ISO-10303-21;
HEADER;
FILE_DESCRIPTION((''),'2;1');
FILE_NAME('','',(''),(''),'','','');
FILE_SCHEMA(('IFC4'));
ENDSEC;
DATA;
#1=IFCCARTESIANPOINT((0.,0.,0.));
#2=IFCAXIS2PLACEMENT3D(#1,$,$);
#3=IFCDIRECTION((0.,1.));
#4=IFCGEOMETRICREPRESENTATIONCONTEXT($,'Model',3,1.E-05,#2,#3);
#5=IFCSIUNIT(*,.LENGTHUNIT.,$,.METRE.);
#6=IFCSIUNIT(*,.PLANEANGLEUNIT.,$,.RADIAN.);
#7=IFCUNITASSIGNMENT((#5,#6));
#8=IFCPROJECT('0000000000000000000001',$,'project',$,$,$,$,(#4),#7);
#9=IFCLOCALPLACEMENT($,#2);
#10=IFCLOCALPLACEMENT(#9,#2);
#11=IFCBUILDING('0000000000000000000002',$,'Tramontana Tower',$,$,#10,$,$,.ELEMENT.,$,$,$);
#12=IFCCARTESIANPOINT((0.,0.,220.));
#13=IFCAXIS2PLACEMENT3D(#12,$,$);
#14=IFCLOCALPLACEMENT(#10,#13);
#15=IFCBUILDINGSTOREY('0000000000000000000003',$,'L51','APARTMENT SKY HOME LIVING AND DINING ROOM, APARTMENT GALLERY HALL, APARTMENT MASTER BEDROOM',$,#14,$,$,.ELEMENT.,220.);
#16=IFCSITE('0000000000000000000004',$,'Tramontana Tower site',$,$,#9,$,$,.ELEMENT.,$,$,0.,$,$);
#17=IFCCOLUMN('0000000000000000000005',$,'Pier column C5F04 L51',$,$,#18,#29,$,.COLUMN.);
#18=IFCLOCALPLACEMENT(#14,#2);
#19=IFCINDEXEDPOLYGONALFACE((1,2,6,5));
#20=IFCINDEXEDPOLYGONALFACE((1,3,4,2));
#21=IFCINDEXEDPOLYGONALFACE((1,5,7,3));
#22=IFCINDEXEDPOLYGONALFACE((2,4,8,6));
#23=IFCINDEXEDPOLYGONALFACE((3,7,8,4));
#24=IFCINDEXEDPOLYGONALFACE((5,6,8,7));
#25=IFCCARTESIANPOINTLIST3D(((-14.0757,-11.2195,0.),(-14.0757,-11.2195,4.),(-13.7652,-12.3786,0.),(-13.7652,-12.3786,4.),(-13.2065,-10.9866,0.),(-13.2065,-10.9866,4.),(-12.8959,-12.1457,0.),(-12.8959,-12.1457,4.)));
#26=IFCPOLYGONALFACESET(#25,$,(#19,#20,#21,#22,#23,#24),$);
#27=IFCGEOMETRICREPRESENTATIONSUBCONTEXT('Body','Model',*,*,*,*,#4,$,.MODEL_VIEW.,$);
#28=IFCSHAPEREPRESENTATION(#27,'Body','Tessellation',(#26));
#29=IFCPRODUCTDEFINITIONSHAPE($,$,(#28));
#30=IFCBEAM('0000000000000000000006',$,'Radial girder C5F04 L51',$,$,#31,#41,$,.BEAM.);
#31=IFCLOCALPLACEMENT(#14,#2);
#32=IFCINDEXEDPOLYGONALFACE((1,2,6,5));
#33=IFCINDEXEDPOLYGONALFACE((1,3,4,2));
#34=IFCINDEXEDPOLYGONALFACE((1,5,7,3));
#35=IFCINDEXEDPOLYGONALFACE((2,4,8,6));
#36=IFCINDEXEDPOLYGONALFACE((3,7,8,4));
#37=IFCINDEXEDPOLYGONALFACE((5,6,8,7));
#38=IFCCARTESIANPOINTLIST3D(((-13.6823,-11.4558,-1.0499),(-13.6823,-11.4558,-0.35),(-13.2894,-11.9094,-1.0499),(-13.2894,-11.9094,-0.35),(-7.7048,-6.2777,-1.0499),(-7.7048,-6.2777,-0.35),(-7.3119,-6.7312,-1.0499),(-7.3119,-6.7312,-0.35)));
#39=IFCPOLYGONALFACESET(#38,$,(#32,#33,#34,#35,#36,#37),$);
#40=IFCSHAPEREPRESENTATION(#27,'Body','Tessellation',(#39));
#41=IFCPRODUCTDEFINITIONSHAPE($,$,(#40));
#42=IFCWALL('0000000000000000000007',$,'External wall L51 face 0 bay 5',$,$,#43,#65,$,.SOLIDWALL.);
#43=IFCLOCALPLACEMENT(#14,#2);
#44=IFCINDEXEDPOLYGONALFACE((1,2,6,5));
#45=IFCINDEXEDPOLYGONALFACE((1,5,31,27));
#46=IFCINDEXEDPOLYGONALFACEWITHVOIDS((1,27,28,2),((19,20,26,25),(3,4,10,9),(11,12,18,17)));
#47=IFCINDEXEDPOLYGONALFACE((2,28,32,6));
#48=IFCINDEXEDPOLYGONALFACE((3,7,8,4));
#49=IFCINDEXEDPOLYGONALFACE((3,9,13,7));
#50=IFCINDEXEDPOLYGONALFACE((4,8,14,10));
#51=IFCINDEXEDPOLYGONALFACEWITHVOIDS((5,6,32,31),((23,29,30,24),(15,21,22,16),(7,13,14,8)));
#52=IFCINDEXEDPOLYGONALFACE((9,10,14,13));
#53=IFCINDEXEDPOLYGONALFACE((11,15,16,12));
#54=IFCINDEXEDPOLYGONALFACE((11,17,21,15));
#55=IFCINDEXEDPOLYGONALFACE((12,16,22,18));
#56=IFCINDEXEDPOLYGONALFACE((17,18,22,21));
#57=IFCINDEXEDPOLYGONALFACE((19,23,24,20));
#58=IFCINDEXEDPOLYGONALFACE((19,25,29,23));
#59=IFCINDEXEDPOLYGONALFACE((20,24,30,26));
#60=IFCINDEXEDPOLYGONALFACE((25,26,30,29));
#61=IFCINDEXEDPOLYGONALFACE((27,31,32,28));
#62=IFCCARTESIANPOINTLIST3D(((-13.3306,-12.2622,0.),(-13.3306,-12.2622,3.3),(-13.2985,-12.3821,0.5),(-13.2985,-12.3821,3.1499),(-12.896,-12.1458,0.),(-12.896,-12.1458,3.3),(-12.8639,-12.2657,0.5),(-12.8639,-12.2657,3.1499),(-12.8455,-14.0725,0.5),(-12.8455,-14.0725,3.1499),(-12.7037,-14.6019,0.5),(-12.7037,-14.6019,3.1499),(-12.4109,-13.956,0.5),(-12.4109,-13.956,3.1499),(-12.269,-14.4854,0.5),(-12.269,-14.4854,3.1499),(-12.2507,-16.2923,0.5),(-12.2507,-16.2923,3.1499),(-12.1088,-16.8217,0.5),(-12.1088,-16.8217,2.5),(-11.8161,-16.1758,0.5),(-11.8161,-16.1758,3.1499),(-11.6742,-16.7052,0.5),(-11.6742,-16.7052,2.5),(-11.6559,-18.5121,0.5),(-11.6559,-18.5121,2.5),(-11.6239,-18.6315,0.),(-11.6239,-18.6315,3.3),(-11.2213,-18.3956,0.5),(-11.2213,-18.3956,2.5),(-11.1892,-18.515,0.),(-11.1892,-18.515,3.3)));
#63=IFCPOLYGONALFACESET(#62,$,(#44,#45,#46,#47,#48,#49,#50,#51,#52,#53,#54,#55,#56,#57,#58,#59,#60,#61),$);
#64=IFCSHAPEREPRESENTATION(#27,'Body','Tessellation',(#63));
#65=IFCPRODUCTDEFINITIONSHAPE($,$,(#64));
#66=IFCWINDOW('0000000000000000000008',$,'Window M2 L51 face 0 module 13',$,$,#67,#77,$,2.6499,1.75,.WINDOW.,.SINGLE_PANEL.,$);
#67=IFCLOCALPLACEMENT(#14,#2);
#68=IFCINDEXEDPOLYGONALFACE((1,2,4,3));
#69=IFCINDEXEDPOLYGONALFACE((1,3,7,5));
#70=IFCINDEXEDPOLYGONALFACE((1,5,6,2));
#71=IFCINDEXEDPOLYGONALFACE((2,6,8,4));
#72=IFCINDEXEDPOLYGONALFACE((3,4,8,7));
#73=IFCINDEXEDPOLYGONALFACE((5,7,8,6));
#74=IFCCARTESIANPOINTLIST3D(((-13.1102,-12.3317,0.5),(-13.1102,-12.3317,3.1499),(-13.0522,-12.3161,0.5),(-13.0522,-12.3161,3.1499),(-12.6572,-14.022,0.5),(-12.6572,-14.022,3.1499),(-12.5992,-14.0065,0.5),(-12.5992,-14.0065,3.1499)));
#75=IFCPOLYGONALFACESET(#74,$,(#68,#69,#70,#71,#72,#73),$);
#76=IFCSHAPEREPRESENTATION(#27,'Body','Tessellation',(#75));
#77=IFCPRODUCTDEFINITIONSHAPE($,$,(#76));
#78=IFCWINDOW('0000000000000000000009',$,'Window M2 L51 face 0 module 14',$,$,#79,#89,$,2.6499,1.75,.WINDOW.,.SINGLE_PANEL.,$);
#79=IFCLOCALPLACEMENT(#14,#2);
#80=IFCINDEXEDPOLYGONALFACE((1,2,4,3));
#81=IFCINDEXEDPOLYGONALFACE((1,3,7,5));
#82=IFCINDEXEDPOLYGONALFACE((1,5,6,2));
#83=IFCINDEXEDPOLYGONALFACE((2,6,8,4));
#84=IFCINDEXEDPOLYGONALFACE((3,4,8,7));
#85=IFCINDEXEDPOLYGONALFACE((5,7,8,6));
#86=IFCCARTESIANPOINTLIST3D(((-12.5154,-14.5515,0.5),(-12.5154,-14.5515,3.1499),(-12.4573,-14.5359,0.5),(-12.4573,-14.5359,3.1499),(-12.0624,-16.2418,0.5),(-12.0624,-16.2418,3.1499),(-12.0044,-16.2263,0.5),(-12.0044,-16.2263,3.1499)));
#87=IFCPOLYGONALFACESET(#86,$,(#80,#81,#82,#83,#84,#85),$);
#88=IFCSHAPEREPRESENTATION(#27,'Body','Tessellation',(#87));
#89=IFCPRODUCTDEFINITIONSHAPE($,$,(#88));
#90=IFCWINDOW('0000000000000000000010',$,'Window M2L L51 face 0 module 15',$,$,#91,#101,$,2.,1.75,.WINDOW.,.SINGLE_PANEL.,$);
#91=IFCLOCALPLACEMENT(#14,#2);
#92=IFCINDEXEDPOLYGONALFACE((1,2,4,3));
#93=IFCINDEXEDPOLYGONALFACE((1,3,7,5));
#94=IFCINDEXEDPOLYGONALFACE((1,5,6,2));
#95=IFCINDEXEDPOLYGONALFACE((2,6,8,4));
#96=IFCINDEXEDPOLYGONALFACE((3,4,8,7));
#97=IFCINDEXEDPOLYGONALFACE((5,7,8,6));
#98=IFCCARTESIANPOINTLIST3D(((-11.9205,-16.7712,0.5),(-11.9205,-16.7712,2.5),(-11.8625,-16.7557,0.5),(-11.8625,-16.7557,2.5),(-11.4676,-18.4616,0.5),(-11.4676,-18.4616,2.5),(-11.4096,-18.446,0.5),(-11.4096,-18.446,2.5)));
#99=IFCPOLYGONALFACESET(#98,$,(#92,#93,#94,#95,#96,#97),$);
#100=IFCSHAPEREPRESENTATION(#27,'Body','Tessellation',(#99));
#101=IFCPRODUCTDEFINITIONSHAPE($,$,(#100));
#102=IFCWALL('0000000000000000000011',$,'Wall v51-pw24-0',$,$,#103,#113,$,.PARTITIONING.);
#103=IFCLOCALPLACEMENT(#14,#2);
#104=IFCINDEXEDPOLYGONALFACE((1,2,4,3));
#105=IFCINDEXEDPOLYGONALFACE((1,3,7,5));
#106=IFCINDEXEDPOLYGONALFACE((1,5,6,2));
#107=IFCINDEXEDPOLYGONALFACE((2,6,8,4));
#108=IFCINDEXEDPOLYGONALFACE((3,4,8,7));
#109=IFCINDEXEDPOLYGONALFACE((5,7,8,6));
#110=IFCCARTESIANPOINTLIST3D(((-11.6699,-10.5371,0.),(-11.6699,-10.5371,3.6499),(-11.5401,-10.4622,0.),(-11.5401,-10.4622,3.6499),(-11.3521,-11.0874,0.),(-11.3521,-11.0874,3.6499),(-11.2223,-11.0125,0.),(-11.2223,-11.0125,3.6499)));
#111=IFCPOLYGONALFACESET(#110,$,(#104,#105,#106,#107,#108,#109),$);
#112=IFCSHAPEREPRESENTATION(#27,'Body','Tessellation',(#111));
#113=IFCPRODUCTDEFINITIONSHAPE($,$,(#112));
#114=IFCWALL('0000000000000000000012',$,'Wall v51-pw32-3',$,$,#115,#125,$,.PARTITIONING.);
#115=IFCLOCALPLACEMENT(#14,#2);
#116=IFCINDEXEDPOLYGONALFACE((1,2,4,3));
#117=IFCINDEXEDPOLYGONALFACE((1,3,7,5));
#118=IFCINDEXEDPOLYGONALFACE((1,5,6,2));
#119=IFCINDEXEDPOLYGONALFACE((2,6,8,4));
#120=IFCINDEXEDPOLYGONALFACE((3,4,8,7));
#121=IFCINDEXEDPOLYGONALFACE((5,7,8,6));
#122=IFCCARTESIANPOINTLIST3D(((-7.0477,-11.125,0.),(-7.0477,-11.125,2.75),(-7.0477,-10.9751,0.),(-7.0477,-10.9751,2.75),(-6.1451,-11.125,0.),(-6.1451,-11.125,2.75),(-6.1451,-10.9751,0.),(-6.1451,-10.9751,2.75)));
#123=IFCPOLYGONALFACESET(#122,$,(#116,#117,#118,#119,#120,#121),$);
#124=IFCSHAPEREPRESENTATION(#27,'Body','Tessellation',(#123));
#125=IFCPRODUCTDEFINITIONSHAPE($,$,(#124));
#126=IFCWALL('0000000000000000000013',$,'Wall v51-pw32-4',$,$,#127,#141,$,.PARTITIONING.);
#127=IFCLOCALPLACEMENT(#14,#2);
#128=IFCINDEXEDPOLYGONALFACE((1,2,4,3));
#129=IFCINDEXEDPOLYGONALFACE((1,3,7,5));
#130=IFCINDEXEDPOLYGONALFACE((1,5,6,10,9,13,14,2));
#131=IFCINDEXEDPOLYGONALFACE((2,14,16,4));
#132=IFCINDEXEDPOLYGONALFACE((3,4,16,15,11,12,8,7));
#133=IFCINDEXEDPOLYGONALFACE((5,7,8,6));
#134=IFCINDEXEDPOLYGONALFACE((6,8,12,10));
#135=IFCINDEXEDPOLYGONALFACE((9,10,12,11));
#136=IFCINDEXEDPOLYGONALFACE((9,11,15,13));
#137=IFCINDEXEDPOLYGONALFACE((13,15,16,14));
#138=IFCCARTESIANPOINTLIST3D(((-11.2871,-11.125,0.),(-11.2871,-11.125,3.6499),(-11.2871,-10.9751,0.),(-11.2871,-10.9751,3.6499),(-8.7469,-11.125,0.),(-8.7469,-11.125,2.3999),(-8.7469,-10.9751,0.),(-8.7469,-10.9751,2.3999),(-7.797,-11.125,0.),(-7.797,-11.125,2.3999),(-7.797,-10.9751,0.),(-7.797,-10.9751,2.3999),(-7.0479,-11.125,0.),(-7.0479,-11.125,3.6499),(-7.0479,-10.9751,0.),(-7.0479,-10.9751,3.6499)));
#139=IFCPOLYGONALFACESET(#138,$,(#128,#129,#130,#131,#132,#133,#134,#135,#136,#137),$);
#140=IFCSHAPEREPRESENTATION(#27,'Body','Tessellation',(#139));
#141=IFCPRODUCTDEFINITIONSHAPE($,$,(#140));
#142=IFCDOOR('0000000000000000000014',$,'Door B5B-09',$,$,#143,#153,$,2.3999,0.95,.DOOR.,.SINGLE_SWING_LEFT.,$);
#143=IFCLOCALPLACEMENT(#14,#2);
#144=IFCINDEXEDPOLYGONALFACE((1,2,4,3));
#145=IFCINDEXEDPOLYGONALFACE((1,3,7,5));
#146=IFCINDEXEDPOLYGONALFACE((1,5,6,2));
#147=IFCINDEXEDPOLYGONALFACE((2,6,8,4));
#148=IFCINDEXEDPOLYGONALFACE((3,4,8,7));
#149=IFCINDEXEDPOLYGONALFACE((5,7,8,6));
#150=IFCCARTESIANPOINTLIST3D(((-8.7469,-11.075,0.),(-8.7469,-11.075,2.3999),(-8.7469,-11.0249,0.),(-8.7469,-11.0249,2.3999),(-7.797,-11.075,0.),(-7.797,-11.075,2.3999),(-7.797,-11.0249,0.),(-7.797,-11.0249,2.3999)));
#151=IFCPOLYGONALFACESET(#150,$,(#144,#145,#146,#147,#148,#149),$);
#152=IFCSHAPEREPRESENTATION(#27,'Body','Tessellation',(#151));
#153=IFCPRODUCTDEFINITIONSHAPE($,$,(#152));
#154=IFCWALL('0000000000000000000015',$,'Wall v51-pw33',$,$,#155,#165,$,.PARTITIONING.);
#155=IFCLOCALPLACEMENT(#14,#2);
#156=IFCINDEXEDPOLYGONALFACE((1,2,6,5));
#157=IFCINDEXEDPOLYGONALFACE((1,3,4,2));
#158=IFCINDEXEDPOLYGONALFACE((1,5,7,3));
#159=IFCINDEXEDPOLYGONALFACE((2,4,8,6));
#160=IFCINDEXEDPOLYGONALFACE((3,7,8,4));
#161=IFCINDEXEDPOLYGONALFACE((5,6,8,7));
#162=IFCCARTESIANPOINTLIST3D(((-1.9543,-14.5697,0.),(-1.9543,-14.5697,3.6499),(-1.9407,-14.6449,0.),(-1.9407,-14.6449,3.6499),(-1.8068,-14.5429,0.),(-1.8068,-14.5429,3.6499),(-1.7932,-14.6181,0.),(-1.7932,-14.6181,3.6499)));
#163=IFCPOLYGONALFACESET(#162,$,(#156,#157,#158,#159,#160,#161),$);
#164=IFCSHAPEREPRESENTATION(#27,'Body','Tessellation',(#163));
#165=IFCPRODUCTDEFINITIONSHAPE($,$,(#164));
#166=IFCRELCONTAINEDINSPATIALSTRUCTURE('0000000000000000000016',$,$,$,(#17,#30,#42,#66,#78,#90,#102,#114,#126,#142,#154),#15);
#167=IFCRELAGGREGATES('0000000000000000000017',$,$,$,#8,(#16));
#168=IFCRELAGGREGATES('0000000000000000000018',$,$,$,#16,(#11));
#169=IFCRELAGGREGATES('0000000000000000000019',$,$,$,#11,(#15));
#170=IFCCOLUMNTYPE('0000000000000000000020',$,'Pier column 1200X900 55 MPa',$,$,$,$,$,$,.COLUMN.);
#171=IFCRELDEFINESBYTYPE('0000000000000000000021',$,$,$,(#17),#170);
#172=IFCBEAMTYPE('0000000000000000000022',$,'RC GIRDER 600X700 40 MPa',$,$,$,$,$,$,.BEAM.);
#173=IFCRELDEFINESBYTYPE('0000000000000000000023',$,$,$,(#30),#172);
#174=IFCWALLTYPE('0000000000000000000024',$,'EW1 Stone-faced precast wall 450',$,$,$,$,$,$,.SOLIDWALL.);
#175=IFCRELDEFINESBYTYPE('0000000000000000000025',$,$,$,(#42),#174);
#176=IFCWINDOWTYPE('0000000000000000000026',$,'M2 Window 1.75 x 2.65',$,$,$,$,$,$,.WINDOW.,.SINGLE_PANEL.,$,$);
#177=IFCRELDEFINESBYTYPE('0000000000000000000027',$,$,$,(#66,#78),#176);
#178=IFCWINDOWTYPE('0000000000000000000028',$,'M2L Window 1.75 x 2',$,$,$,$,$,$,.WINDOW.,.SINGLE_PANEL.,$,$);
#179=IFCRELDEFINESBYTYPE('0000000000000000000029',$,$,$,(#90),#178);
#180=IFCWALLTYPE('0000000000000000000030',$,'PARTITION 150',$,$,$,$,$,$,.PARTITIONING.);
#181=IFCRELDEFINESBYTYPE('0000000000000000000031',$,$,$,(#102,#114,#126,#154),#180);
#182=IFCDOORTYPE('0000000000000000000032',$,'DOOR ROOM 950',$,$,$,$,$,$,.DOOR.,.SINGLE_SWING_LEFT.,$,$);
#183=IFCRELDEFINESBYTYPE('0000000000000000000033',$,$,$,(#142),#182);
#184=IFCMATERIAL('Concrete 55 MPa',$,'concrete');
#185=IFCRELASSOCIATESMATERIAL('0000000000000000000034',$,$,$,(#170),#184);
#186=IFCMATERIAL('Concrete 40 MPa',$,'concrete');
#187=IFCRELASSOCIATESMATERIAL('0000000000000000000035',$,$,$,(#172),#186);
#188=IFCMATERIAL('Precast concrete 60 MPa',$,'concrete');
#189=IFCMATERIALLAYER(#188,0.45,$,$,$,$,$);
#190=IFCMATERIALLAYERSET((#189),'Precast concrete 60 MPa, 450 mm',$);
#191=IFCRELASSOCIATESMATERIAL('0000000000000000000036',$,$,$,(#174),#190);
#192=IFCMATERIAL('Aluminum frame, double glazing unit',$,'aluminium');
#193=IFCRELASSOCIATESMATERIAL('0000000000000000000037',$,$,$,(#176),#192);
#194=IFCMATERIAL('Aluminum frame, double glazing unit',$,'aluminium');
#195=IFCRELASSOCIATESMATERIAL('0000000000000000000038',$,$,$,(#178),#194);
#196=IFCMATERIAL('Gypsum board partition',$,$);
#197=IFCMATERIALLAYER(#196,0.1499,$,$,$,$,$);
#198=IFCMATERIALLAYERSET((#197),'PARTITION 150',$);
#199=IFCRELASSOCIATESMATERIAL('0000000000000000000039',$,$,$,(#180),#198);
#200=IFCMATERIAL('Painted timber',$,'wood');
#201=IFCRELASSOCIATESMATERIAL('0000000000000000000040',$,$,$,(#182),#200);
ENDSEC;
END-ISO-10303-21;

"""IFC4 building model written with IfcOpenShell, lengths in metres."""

from ifc_helpers import new_model, si_unit, direction, frame, frame_2d, origin, origin_2d, place, context, subcontext, project, spatial, rectangle, extrude, material, layer, layer_set, material_profile, profile_set, type_object, element, fill, save


model = new_model("IFC4")

# Units and contexts
model_context = context("Model", 3, precision=1e-05, world=origin(), true_north=direction((0.0, 1.0)))
body_context = subcontext(model_context, "Body", "Model", "MODEL_VIEW")
ifc_project = project(units=[si_unit("LENGTHUNIT", "METRE"), si_unit("PLANEANGLEUNIT", "RADIAN")], contexts=[model_context])

# Site, building, storey
site_placement = place(None, origin())
site = spatial("IfcSite", under=ifc_project, at=site_placement, Name="Tramontana Tower site", CompositionType="ELEMENT", RefElevation=0.0)
building_placement = place(site_placement, origin())
building = spatial("IfcBuilding", under=site, at=building_placement, Name="Tramontana Tower", CompositionType="ELEMENT")
storey_placement = place(building_placement, frame((0.0, 0.0, 220.0)))
storey = spatial("IfcBuildingStorey", under=building, at=storey_placement, Name="L51", Description="APARTMENT SKY HOME LIVING AND DINING ROOM, APARTMENT GALLERY HALL, APARTMENT MASTER BEDROOM", CompositionType="ELEMENT", Elevation=220.0)

# Column
ifc_material_1 = material(Name="Concrete 55 MPa", Category="concrete")
ifc_material_profile_1 = material_profile(ifc_material_1, rectangle(XDim=1.2, YDim=0.8999, at=origin_2d()), Name="Pier column 1200X900 55 MPa")
ifc_profile_set_1 = profile_set([ifc_material_profile_1], Name="Concrete 55 MPa")
column_type = type_object("IfcColumnType", Name="Pier column 1200X900 55 MPa", PredefinedType="COLUMN", material=ifc_profile_set_1)
column_placement = place(storey_placement, frame((-13.4858, -11.6826, 0.0), z_axis=(0.0, 0.0, 1.0), x_axis=(0.258819, -0.965926, 0.0)))
element("IfcColumn", 1, at=column_placement, inside=storey, type_object=column_type, Name="Pier column C5F04 L51", PredefinedType="COLUMN", context=body_context, shape_type="SweptSolid", body=[
    extrude(rectangle(XDim=1.2, YDim=0.8999, at=origin_2d()), origin(), (0.0, 0.0, 1.0), 4.0),
])

# Beam
ifc_material_2 = material(Name="Concrete 40 MPa", Category="concrete")
ifc_material_profile_2 = material_profile(ifc_material_2, rectangle(XDim=0.6001, YDim=0.7, at=origin_2d()), Name="RC GIRDER 600X700 40 MPa")
ifc_profile_set_2 = profile_set([ifc_material_profile_2], Name="Concrete 40 MPa")
beam_type = type_object("IfcBeamType", Name="RC GIRDER 600X700 40 MPa", PredefinedType="BEAM", material=ifc_profile_set_2)
beam_placement = place(storey_placement, frame((-13.4858, -11.6826, -0.7), z_axis=(0.755834, 0.654764, 0.0), x_axis=(-0.654764, 0.755834, 0.0)))
element("IfcBeam", 2, at=beam_placement, inside=storey, type_object=beam_type, Name="Radial girder C5F04 L51", PredefinedType="BEAM", context=body_context, shape_type="SweptSolid", body=[
    extrude(rectangle(XDim=0.6001, YDim=0.7, at=origin_2d()), origin(), (0.0, 0.0, 1.0), 7.9084),
])

# Wall, openings, windows
ifc_material_3 = material(Name="Precast concrete 60 MPa", Category="concrete")
ifc_layer_1 = layer(ifc_material_3, 0.45)
ifc_layer_set_1 = layer_set([ifc_layer_1], Name="Precast concrete 60 MPa, 450 mm")
wall_type_1 = type_object("IfcWallType", Name="EW1 Stone-faced precast wall 450", PredefinedType="SOLIDWALL", material=ifc_layer_set_1)
wall_1_placement = place(storey_placement, frame((-13.1133, -12.2041, 0.0), z_axis=(0.0, 0.0, 1.0), x_axis=(0.258835, -0.965921, 0.0)))
wall_1 = element("IfcWall", 3, at=wall_1_placement, inside=storey, type_object=wall_type_1, Name="External wall L51 face 0 bay 5", PredefinedType="SOLIDWALL", context=body_context, shape_type="SweptSolid", body=[
    extrude(rectangle(XDim=6.594, YDim=0.45, at=frame_2d((3.2969, 0.0))), origin(), (0.0, 0.0, 1.0), 3.3),
])
opening_1_placement = place(wall_1_placement, frame((0.124, 0.0, 0.5)))
opening_1 = element("IfcOpeningElement", 4, at=opening_1_placement, cuts=wall_1, PredefinedType="OPENING", context=body_context, shape_type="SweptSolid", body=[
    extrude(rectangle(XDim=1.75, YDim=2.6499, at=frame_2d((0.875, 1.325))), frame((0.0, 0.2349, 0.0), z_axis=(0.0, -1.0, 0.0), x_axis=(1.0, 0.0, 0.0)), (0.0, 0.0, 1.0), 0.47),
])
opening_2_placement = place(wall_1_placement, frame((2.4221, 0.0, 0.5)))
opening_2 = element("IfcOpeningElement", 5, at=opening_2_placement, cuts=wall_1, PredefinedType="OPENING", context=body_context, shape_type="SweptSolid", body=[
    extrude(rectangle(XDim=1.75, YDim=2.6499, at=frame_2d((0.875, 1.325))), frame((0.0, 0.2349, 0.0), z_axis=(0.0, -1.0, 0.0), x_axis=(1.0, 0.0, 0.0)), (0.0, 0.0, 1.0), 0.47),
])
opening_3_placement = place(wall_1_placement, frame((4.7202, 0.0, 0.5)))
opening_3 = element("IfcOpeningElement", 6, at=opening_3_placement, cuts=wall_1, PredefinedType="OPENING", context=body_context, shape_type="SweptSolid", body=[
    extrude(rectangle(XDim=1.75, YDim=2.0, at=frame_2d((0.875, 1.0))), frame((0.0, 0.2349, 0.0), z_axis=(0.0, -1.0, 0.0), x_axis=(1.0, 0.0, 0.0)), (0.0, 0.0, 1.0), 0.47),
])
ifc_material_4 = material(Name="Aluminum frame, double glazing unit", Category="aluminium")
window_type_1 = type_object("IfcWindowType", Name="M2 Window 1.75 x 2.65", PartitioningType="SINGLE_PANEL", PredefinedType="WINDOW", material=ifc_material_4)
window_1_placement = place(opening_1_placement, origin())
window_1 = element("IfcWindow", 7, at=window_1_placement, inside=storey, type_object=window_type_1, Name="Window M2 L51 face 0 module 13", OverallHeight=2.6499, OverallWidth=1.75, PartitioningType="SINGLE_PANEL", PredefinedType="WINDOW", context=body_context, shape_type="SweptSolid", body=[
    extrude(rectangle(XDim=1.75, YDim=2.6499, at=frame_2d((0.875, 1.325))), frame((0.0, 0.03, 0.0), z_axis=(0.0, -1.0, 0.0), x_axis=(1.0, 0.0, 0.0)), (0.0, 0.0, 1.0), 0.0601),
])
fill(opening_1, window_1)
window_2_placement = place(opening_2_placement, origin())
window_2 = element("IfcWindow", 8, at=window_2_placement, inside=storey, type_object=window_type_1, Name="Window M2 L51 face 0 module 14", OverallHeight=2.6499, OverallWidth=1.75, PartitioningType="SINGLE_PANEL", PredefinedType="WINDOW", context=body_context, shape_type="SweptSolid", body=[
    extrude(rectangle(XDim=1.75, YDim=2.6499, at=frame_2d((0.875, 1.325))), frame((0.0, 0.03, 0.0), z_axis=(0.0, -1.0, 0.0), x_axis=(1.0, 0.0, 0.0)), (0.0, 0.0, 1.0), 0.0601),
])
fill(opening_2, window_2)
ifc_material_5 = material(Name="Aluminum frame, double glazing unit", Category="aluminium")
window_type_2 = type_object("IfcWindowType", Name="M2L Window 1.75 x 2", PartitioningType="SINGLE_PANEL", PredefinedType="WINDOW", material=ifc_material_5)
window_3_placement = place(opening_3_placement, origin())
window_3 = element("IfcWindow", 9, at=window_3_placement, inside=storey, type_object=window_type_2, Name="Window M2L L51 face 0 module 15", OverallHeight=2.0, OverallWidth=1.75, PartitioningType="SINGLE_PANEL", PredefinedType="WINDOW", context=body_context, shape_type="SweptSolid", body=[
    extrude(rectangle(XDim=1.75, YDim=2.0, at=frame_2d((0.875, 1.0))), frame((0.0, 0.03, 0.0), z_axis=(0.0, -1.0, 0.0), x_axis=(1.0, 0.0, 0.0)), (0.0, 0.0, 1.0), 0.0601),
])
fill(opening_3, window_3)

# Shared definitions
ifc_material_6 = material(Name="Gypsum board partition")
ifc_layer_2 = layer(ifc_material_6, 0.1499)
ifc_layer_set_2 = layer_set([ifc_layer_2], Name="PARTITION 150")
wall_type_2 = type_object("IfcWallType", Name="PARTITION 150", PredefinedType="PARTITIONING", material=ifc_layer_set_2)

# Wall
wall_2_placement = place(storey_placement, frame((-11.2871, -11.05, 0.0), z_axis=(0.0, 0.0, 1.0), x_axis=(-0.500188, 0.865917, 0.0)))
element("IfcWall", 10, at=wall_2_placement, inside=storey, type_object=wall_type_2, Name="Wall v51-pw24-0", PredefinedType="PARTITIONING", context=body_context, shape_type="SweptSolid", body=[
    extrude(rectangle(XDim=0.6355, YDim=0.1499, at=frame_2d((0.3179, 0.0))), origin(), (0.0, 0.0, 1.0), 3.6499),
])

# Wall
wall_3_placement = place(storey_placement, frame((-6.1453, -11.05, 0.0), z_axis=(0.0, 0.0, 1.0), x_axis=(-1.0, 0.0, 0.0)))
element("IfcWall", 11, at=wall_3_placement, inside=storey, type_object=wall_type_2, Name="Wall v51-pw32-3", PredefinedType="PARTITIONING", context=body_context, shape_type="SweptSolid", body=[
    extrude(rectangle(XDim=0.9026, YDim=0.1499, at=frame_2d((0.4512, 0.0))), origin(), (0.0, 0.0, 1.0), 2.75),
])

# Wall, opening, door
wall_4_placement = place(storey_placement, frame((-7.0479, -11.05, 0.0), z_axis=(0.0, 0.0, 1.0), x_axis=(-1.0, 0.0, 0.0)))
wall_4 = element("IfcWall", 12, at=wall_4_placement, inside=storey, type_object=wall_type_2, Name="Wall v51-pw32-4", PredefinedType="PARTITIONING", context=body_context, shape_type="SweptSolid", body=[
    extrude(rectangle(XDim=4.2393, YDim=0.1499, at=frame_2d((2.1196, 0.0))), origin(), (0.0, 0.0, 1.0), 3.6499),
])
opening_4_placement = place(wall_4_placement, frame((0.749, 0.0, 0.0)))
opening_4 = element("IfcOpeningElement", 13, at=opening_4_placement, cuts=wall_4, PredefinedType="OPENING", context=body_context, shape_type="SweptSolid", body=[
    extrude(rectangle(XDim=0.95, YDim=2.3999, at=frame_2d((0.4751, 1.2))), frame((0.0, 0.085, 0.0), z_axis=(0.0, -1.0, 0.0), x_axis=(1.0, 0.0, 0.0)), (0.0, 0.0, 1.0), 0.1699),
])
ifc_material_7 = material(Name="Painted timber", Category="wood")
door_type_1 = type_object("IfcDoorType", Name="DOOR ROOM 950", OperationType="SINGLE_SWING_LEFT", PredefinedType="DOOR", material=ifc_material_7)
door_1_placement = place(opening_4_placement, origin())
door_1 = element("IfcDoor", 14, at=door_1_placement, inside=storey, type_object=door_type_1, Name="Door B5B-09", OperationType="SINGLE_SWING_LEFT", OverallHeight=2.3999, OverallWidth=0.95, PredefinedType="DOOR", context=body_context, shape_type="SweptSolid", body=[
    extrude(rectangle(XDim=0.95, YDim=2.3999, at=frame_2d((0.4751, 1.2))), frame((0.0, 0.0249, 0.0), z_axis=(0.0, -1.0, 0.0), x_axis=(1.0, 0.0, 0.0)), (0.0, 0.0, 1.0), 0.05),
])
fill(opening_4, door_1)

# Wall
for number, where, z_axis, x_axis, name in (
    (15, (-1.8669, -14.6313, 0.0), (0.0, 0.0, 1.0), (-0.178885, 0.98387, 0.0), "Wall v51-pw33"),
):
    element("IfcWall", number, at=place(storey_placement, frame(where, z_axis=z_axis, x_axis=x_axis)), inside=storey, type_object=wall_type_2, Name=name, PredefinedType="PARTITIONING", context=body_context, shape_type="SweptSolid", body=[
        extrude(rectangle(XDim=0.0764, YDim=0.1499, at=frame_2d((0.0381, 0.0))), origin(), (0.0, 0.0, 1.0), 3.6499),
    ])

save(model, "model.ifc")
